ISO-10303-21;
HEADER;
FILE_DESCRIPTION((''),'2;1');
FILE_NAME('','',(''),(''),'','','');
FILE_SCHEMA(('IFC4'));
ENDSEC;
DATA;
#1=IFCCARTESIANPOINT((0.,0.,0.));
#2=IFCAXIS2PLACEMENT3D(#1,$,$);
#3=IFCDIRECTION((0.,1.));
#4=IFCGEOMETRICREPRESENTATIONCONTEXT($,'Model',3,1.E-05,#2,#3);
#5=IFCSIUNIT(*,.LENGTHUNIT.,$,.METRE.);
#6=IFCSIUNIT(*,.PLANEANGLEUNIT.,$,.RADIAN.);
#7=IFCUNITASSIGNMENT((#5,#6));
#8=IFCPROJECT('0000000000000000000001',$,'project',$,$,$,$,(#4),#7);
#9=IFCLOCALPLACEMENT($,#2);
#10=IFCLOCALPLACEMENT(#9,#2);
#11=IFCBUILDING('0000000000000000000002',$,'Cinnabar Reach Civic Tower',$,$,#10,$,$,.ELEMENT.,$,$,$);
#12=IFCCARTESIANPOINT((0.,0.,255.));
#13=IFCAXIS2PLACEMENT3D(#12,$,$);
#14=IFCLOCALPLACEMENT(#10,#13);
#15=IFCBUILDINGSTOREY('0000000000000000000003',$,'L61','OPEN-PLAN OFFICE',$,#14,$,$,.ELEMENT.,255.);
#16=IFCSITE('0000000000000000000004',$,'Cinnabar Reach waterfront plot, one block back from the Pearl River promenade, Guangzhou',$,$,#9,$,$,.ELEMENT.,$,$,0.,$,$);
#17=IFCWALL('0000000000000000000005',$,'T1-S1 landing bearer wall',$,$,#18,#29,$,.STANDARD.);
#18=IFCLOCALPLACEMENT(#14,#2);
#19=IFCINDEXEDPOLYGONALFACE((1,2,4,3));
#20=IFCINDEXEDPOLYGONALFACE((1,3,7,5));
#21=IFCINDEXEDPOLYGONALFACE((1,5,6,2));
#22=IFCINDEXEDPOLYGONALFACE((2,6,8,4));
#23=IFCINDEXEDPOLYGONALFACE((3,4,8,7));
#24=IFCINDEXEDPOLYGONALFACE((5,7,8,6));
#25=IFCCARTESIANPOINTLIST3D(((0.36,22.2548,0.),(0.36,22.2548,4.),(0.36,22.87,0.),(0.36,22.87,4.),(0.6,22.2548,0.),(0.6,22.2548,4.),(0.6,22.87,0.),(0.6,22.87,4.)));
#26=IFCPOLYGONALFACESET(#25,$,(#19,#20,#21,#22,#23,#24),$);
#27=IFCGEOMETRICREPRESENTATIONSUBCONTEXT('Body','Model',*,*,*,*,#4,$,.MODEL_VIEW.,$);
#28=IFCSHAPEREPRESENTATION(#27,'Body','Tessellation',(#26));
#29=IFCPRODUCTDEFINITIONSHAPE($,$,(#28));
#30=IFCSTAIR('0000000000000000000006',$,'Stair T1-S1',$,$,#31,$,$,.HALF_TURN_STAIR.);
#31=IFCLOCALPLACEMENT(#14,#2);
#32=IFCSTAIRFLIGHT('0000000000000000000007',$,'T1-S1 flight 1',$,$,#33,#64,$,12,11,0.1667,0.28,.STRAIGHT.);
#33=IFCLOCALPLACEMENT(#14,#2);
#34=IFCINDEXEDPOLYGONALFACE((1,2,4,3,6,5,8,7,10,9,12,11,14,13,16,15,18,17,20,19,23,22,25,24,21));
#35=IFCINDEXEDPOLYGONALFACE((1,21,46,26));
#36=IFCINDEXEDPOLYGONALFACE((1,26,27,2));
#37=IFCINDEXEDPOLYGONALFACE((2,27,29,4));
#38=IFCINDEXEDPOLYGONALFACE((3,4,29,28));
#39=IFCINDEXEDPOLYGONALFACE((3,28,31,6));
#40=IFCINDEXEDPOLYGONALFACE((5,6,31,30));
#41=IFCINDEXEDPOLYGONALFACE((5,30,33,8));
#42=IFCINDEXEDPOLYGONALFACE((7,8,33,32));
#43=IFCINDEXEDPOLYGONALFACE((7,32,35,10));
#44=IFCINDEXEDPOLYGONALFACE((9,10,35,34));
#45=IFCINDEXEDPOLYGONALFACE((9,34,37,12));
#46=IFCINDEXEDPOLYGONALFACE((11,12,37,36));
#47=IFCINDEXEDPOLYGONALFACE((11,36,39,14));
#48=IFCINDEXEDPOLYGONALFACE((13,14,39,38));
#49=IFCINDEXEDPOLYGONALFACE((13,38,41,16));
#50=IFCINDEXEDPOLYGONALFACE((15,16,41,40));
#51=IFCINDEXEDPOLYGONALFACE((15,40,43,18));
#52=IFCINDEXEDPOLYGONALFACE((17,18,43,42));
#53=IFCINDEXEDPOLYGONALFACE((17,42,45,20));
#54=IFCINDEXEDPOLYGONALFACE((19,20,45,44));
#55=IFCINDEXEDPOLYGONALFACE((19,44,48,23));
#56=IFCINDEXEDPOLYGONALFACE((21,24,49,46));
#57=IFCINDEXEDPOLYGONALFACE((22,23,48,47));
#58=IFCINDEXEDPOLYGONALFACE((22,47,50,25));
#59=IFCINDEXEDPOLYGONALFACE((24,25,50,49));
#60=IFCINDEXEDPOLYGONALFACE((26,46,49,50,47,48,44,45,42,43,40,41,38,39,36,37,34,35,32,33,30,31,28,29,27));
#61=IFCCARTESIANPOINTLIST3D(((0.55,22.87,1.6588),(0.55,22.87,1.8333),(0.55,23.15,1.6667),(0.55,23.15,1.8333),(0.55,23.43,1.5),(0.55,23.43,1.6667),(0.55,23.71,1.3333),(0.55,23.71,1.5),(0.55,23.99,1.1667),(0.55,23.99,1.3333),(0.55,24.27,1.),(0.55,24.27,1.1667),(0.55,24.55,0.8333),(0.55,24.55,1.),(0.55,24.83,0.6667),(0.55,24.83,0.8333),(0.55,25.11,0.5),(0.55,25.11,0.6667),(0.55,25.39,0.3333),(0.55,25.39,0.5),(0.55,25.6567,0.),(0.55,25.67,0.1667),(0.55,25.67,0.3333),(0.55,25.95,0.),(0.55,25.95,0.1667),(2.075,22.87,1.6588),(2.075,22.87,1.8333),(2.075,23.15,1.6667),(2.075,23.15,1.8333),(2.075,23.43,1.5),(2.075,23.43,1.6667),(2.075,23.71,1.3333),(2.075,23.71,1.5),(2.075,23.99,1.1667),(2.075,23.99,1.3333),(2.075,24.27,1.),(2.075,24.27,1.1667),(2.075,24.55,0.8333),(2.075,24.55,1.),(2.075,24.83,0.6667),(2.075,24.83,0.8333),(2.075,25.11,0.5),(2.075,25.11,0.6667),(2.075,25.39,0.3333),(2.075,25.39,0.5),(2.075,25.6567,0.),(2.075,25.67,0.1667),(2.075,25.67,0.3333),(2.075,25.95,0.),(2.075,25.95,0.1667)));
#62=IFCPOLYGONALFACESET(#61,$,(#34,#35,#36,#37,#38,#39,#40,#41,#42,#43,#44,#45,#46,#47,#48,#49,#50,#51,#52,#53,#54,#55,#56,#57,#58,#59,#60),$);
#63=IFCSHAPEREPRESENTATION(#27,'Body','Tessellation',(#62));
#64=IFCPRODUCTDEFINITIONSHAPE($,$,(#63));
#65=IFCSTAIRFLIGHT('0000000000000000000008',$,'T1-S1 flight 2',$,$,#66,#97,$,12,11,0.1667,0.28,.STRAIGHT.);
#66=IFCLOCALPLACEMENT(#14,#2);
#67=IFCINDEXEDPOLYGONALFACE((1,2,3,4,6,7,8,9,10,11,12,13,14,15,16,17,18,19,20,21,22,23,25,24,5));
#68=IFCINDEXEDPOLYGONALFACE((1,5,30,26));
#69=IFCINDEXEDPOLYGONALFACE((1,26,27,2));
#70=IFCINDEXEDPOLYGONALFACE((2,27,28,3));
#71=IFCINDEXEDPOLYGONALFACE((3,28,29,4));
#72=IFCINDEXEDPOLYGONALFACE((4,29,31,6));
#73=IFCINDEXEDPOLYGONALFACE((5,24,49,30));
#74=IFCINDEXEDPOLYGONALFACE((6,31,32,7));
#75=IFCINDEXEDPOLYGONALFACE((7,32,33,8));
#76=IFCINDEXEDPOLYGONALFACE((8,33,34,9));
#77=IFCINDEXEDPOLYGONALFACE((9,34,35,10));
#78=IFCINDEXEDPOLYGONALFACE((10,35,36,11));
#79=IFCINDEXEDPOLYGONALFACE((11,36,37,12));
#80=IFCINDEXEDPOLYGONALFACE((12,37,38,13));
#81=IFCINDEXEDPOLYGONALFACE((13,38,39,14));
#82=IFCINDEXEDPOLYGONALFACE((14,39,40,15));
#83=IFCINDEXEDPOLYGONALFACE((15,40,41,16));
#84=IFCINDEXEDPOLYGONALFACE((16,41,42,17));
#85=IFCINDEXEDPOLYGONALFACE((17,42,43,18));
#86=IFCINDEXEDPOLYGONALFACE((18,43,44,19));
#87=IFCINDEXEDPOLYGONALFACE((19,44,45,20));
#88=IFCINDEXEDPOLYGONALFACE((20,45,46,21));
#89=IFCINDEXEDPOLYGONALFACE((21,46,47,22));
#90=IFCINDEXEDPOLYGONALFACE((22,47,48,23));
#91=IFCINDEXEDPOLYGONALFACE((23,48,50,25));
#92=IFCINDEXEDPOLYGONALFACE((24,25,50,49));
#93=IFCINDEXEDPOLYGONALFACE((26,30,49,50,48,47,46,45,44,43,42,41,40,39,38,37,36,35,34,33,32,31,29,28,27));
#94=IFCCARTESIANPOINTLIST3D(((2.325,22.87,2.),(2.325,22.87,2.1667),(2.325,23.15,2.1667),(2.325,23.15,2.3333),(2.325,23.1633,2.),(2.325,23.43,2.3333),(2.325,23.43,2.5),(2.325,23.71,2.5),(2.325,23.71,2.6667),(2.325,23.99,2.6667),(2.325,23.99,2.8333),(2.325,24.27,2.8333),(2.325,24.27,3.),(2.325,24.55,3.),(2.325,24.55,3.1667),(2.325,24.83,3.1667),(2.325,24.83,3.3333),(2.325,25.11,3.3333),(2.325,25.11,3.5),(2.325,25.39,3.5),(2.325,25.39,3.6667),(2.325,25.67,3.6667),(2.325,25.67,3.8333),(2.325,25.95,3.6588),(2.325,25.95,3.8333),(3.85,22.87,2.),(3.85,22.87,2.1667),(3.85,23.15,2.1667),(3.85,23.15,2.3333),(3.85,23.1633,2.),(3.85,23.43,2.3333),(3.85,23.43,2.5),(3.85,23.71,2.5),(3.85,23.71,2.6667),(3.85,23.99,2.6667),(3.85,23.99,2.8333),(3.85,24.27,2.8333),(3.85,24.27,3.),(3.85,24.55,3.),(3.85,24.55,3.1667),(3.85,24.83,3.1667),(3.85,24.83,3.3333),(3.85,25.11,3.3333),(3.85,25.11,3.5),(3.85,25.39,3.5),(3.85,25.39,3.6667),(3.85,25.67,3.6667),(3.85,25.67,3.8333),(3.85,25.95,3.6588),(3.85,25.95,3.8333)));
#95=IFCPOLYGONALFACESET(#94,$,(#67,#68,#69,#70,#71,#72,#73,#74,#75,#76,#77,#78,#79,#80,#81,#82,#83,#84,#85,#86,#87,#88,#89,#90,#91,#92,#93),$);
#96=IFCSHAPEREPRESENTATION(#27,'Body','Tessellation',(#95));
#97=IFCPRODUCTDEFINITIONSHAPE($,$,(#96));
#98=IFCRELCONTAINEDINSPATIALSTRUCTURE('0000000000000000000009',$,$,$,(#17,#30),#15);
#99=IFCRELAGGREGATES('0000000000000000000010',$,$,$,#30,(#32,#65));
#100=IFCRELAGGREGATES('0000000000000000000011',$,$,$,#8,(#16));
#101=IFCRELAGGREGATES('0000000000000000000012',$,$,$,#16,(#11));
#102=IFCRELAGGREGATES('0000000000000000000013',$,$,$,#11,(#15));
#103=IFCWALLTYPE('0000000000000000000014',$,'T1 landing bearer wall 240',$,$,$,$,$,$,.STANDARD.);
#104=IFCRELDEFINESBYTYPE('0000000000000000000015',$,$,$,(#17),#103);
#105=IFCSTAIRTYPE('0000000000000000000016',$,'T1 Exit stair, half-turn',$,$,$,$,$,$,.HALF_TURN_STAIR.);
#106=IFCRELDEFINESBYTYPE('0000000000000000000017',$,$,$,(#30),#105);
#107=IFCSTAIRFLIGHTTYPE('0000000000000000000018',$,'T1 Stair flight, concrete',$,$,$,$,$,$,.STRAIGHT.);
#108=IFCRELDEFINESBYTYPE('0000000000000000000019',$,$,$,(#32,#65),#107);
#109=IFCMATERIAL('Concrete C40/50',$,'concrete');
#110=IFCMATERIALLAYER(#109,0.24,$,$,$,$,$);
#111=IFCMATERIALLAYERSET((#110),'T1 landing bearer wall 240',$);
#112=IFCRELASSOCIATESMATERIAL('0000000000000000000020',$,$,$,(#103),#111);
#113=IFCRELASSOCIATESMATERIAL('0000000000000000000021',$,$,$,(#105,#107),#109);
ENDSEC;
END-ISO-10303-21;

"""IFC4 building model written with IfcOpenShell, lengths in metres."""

from ifc_helpers import new_model, si_unit, direction, frame, frame_2d, origin, place, context, subcontext, project, spatial, polyline, rectangle, outline, extrude, material, layer, layer_set, type_object, element, aggregate, save


model = new_model("IFC4")

# Units and contexts
model_context = context("Model", 3, precision=1e-05, world=origin(), true_north=direction((0.0, 1.0)))
body_context = subcontext(model_context, "Body", "Model", "MODEL_VIEW")
ifc_project = project(units=[si_unit("LENGTHUNIT", "METRE"), si_unit("PLANEANGLEUNIT", "RADIAN")], contexts=[model_context])

# Site, building, storey
site_placement = place(None, origin())
site = spatial("IfcSite", under=ifc_project, at=site_placement, Name="Cinnabar Reach waterfront plot, one block back from the Pearl River promenade, Guangzhou", CompositionType="ELEMENT", RefElevation=0.0)
building_placement = place(site_placement, origin())
building = spatial("IfcBuilding", under=site, at=building_placement, Name="Cinnabar Reach Civic Tower", CompositionType="ELEMENT")
storey_placement = place(building_placement, frame((0.0, 0.0, 255.0)))
storey = spatial("IfcBuildingStorey", under=building, at=storey_placement, Name="L61", Description="OPEN-PLAN OFFICE", CompositionType="ELEMENT", Elevation=255.0)

# Wall
ifc_material_1 = material(Name="Concrete C40/50", Category="concrete")
ifc_layer_1 = layer(ifc_material_1, 0.24)
ifc_layer_set_1 = layer_set([ifc_layer_1], Name="T1 landing bearer wall 240")
wall_type_1 = type_object("IfcWallType", Name="T1 landing bearer wall 240", PredefinedType="STANDARD", material=ifc_layer_set_1)
wall_1_placement = place(storey_placement, frame((0.48, 22.2549, 0.0), z_axis=(0.0, 0.0, 1.0), x_axis=(0.0, 1.0, 0.0)))
element("IfcWall", 1, at=wall_1_placement, inside=storey, type_object=wall_type_1, Name="T1-S1 landing bearer wall", PredefinedType="STANDARD", context=body_context, shape_type="SweptSolid", body=[
    extrude(rectangle(XDim=0.6151, YDim=0.24, at=frame_2d((0.3075, 0.0))), origin(), (0.0, 0.0, 1.0), 4.0),
])

# Stair, stair flights
stair_type = type_object("IfcStairType", Name="T1 Exit stair, half-turn", PredefinedType="HALF_TURN_STAIR", material=ifc_material_1)
stair_placement = place(storey_placement, origin())
stair = element("IfcStair", 2, at=stair_placement, inside=storey, type_object=stair_type, Name="Stair T1-S1", PredefinedType="HALF_TURN_STAIR")
stair_flight_type = type_object("IfcStairFlightType", Name="T1 Stair flight, concrete", PredefinedType="STRAIGHT", material=ifc_material_1)
stair_flight_1_placement = place(storey_placement, frame((1.3125, 25.95, 0.0), z_axis=(0.0, 0.0, 1.0), x_axis=(0.0, -1.0, 0.0)))
stair_flight_1 = element("IfcStairFlight", 3, at=stair_flight_1_placement, type_object=stair_flight_type, Name="T1-S1 flight 1", NumberOfRisers=12, NumberOfTreads=11, PredefinedType="STRAIGHT", RiserHeight=0.1667, TreadLength=0.28, context=body_context, shape_type="SweptSolid", body=[
    extrude(outline(polyline([(0.0, 0.0), (0.0, 0.1667), (0.28, 0.1667), (0.28, 0.3333), (0.56, 0.3333), (0.56, 0.5), (0.84, 0.5), (0.84, 0.6667), (1.12, 0.6667), (1.12, 0.8333), (1.4, 0.8333), (1.4, 1.0), (1.68, 1.0), (1.68, 1.1667), (1.96, 1.1667), (1.96, 1.3333), (2.24, 1.3333), (2.24, 1.5), (2.52, 1.5), (2.52, 1.6667), (2.8, 1.6667), (2.8, 1.8333), (3.08, 1.8333), (3.08, 2.0), (3.08, 1.6588), (0.2933, 0.0), (0.0, 0.0)])), frame((0.0, 0.7625, 0.0), z_axis=(0.0, -1.0, 0.0), x_axis=(1.0, 0.0, 0.0)), (0.0, 0.0, 1.0), 1.525),
])
stair_flight_2_placement = place(storey_placement, frame((3.0875, 22.87, 2.0), z_axis=(0.0, 0.0, 1.0), x_axis=(0.0, 1.0, 0.0)))
stair_flight_2 = element("IfcStairFlight", 4, at=stair_flight_2_placement, type_object=stair_flight_type, Name="T1-S1 flight 2", NumberOfRisers=12, NumberOfTreads=11, PredefinedType="STRAIGHT", RiserHeight=0.1667, TreadLength=0.28, context=body_context, shape_type="SweptSolid", body=[
    extrude(outline(polyline([(0.0, 0.0), (0.0, 0.1667), (0.28, 0.1667), (0.28, 0.3333), (0.56, 0.3333), (0.56, 0.5), (0.84, 0.5), (0.84, 0.6667), (1.12, 0.6667), (1.12, 0.8333), (1.4, 0.8333), (1.4, 1.0), (1.68, 1.0), (1.68, 1.1667), (1.96, 1.1667), (1.96, 1.3333), (2.24, 1.3333), (2.24, 1.5), (2.52, 1.5), (2.52, 1.6667), (2.8, 1.6667), (2.8, 1.8333), (3.08, 1.8333), (3.08, 2.0), (3.08, 1.6588), (0.2933, 0.0), (0.0, 0.0)])), frame((0.0, 0.7625, 0.0), z_axis=(0.0, -1.0, 0.0), x_axis=(1.0, 0.0, 0.0)), (0.0, 0.0, 1.0), 1.525),
])
aggregate(stair, [stair_flight_1, stair_flight_2])

save(model, "model.ifc")
